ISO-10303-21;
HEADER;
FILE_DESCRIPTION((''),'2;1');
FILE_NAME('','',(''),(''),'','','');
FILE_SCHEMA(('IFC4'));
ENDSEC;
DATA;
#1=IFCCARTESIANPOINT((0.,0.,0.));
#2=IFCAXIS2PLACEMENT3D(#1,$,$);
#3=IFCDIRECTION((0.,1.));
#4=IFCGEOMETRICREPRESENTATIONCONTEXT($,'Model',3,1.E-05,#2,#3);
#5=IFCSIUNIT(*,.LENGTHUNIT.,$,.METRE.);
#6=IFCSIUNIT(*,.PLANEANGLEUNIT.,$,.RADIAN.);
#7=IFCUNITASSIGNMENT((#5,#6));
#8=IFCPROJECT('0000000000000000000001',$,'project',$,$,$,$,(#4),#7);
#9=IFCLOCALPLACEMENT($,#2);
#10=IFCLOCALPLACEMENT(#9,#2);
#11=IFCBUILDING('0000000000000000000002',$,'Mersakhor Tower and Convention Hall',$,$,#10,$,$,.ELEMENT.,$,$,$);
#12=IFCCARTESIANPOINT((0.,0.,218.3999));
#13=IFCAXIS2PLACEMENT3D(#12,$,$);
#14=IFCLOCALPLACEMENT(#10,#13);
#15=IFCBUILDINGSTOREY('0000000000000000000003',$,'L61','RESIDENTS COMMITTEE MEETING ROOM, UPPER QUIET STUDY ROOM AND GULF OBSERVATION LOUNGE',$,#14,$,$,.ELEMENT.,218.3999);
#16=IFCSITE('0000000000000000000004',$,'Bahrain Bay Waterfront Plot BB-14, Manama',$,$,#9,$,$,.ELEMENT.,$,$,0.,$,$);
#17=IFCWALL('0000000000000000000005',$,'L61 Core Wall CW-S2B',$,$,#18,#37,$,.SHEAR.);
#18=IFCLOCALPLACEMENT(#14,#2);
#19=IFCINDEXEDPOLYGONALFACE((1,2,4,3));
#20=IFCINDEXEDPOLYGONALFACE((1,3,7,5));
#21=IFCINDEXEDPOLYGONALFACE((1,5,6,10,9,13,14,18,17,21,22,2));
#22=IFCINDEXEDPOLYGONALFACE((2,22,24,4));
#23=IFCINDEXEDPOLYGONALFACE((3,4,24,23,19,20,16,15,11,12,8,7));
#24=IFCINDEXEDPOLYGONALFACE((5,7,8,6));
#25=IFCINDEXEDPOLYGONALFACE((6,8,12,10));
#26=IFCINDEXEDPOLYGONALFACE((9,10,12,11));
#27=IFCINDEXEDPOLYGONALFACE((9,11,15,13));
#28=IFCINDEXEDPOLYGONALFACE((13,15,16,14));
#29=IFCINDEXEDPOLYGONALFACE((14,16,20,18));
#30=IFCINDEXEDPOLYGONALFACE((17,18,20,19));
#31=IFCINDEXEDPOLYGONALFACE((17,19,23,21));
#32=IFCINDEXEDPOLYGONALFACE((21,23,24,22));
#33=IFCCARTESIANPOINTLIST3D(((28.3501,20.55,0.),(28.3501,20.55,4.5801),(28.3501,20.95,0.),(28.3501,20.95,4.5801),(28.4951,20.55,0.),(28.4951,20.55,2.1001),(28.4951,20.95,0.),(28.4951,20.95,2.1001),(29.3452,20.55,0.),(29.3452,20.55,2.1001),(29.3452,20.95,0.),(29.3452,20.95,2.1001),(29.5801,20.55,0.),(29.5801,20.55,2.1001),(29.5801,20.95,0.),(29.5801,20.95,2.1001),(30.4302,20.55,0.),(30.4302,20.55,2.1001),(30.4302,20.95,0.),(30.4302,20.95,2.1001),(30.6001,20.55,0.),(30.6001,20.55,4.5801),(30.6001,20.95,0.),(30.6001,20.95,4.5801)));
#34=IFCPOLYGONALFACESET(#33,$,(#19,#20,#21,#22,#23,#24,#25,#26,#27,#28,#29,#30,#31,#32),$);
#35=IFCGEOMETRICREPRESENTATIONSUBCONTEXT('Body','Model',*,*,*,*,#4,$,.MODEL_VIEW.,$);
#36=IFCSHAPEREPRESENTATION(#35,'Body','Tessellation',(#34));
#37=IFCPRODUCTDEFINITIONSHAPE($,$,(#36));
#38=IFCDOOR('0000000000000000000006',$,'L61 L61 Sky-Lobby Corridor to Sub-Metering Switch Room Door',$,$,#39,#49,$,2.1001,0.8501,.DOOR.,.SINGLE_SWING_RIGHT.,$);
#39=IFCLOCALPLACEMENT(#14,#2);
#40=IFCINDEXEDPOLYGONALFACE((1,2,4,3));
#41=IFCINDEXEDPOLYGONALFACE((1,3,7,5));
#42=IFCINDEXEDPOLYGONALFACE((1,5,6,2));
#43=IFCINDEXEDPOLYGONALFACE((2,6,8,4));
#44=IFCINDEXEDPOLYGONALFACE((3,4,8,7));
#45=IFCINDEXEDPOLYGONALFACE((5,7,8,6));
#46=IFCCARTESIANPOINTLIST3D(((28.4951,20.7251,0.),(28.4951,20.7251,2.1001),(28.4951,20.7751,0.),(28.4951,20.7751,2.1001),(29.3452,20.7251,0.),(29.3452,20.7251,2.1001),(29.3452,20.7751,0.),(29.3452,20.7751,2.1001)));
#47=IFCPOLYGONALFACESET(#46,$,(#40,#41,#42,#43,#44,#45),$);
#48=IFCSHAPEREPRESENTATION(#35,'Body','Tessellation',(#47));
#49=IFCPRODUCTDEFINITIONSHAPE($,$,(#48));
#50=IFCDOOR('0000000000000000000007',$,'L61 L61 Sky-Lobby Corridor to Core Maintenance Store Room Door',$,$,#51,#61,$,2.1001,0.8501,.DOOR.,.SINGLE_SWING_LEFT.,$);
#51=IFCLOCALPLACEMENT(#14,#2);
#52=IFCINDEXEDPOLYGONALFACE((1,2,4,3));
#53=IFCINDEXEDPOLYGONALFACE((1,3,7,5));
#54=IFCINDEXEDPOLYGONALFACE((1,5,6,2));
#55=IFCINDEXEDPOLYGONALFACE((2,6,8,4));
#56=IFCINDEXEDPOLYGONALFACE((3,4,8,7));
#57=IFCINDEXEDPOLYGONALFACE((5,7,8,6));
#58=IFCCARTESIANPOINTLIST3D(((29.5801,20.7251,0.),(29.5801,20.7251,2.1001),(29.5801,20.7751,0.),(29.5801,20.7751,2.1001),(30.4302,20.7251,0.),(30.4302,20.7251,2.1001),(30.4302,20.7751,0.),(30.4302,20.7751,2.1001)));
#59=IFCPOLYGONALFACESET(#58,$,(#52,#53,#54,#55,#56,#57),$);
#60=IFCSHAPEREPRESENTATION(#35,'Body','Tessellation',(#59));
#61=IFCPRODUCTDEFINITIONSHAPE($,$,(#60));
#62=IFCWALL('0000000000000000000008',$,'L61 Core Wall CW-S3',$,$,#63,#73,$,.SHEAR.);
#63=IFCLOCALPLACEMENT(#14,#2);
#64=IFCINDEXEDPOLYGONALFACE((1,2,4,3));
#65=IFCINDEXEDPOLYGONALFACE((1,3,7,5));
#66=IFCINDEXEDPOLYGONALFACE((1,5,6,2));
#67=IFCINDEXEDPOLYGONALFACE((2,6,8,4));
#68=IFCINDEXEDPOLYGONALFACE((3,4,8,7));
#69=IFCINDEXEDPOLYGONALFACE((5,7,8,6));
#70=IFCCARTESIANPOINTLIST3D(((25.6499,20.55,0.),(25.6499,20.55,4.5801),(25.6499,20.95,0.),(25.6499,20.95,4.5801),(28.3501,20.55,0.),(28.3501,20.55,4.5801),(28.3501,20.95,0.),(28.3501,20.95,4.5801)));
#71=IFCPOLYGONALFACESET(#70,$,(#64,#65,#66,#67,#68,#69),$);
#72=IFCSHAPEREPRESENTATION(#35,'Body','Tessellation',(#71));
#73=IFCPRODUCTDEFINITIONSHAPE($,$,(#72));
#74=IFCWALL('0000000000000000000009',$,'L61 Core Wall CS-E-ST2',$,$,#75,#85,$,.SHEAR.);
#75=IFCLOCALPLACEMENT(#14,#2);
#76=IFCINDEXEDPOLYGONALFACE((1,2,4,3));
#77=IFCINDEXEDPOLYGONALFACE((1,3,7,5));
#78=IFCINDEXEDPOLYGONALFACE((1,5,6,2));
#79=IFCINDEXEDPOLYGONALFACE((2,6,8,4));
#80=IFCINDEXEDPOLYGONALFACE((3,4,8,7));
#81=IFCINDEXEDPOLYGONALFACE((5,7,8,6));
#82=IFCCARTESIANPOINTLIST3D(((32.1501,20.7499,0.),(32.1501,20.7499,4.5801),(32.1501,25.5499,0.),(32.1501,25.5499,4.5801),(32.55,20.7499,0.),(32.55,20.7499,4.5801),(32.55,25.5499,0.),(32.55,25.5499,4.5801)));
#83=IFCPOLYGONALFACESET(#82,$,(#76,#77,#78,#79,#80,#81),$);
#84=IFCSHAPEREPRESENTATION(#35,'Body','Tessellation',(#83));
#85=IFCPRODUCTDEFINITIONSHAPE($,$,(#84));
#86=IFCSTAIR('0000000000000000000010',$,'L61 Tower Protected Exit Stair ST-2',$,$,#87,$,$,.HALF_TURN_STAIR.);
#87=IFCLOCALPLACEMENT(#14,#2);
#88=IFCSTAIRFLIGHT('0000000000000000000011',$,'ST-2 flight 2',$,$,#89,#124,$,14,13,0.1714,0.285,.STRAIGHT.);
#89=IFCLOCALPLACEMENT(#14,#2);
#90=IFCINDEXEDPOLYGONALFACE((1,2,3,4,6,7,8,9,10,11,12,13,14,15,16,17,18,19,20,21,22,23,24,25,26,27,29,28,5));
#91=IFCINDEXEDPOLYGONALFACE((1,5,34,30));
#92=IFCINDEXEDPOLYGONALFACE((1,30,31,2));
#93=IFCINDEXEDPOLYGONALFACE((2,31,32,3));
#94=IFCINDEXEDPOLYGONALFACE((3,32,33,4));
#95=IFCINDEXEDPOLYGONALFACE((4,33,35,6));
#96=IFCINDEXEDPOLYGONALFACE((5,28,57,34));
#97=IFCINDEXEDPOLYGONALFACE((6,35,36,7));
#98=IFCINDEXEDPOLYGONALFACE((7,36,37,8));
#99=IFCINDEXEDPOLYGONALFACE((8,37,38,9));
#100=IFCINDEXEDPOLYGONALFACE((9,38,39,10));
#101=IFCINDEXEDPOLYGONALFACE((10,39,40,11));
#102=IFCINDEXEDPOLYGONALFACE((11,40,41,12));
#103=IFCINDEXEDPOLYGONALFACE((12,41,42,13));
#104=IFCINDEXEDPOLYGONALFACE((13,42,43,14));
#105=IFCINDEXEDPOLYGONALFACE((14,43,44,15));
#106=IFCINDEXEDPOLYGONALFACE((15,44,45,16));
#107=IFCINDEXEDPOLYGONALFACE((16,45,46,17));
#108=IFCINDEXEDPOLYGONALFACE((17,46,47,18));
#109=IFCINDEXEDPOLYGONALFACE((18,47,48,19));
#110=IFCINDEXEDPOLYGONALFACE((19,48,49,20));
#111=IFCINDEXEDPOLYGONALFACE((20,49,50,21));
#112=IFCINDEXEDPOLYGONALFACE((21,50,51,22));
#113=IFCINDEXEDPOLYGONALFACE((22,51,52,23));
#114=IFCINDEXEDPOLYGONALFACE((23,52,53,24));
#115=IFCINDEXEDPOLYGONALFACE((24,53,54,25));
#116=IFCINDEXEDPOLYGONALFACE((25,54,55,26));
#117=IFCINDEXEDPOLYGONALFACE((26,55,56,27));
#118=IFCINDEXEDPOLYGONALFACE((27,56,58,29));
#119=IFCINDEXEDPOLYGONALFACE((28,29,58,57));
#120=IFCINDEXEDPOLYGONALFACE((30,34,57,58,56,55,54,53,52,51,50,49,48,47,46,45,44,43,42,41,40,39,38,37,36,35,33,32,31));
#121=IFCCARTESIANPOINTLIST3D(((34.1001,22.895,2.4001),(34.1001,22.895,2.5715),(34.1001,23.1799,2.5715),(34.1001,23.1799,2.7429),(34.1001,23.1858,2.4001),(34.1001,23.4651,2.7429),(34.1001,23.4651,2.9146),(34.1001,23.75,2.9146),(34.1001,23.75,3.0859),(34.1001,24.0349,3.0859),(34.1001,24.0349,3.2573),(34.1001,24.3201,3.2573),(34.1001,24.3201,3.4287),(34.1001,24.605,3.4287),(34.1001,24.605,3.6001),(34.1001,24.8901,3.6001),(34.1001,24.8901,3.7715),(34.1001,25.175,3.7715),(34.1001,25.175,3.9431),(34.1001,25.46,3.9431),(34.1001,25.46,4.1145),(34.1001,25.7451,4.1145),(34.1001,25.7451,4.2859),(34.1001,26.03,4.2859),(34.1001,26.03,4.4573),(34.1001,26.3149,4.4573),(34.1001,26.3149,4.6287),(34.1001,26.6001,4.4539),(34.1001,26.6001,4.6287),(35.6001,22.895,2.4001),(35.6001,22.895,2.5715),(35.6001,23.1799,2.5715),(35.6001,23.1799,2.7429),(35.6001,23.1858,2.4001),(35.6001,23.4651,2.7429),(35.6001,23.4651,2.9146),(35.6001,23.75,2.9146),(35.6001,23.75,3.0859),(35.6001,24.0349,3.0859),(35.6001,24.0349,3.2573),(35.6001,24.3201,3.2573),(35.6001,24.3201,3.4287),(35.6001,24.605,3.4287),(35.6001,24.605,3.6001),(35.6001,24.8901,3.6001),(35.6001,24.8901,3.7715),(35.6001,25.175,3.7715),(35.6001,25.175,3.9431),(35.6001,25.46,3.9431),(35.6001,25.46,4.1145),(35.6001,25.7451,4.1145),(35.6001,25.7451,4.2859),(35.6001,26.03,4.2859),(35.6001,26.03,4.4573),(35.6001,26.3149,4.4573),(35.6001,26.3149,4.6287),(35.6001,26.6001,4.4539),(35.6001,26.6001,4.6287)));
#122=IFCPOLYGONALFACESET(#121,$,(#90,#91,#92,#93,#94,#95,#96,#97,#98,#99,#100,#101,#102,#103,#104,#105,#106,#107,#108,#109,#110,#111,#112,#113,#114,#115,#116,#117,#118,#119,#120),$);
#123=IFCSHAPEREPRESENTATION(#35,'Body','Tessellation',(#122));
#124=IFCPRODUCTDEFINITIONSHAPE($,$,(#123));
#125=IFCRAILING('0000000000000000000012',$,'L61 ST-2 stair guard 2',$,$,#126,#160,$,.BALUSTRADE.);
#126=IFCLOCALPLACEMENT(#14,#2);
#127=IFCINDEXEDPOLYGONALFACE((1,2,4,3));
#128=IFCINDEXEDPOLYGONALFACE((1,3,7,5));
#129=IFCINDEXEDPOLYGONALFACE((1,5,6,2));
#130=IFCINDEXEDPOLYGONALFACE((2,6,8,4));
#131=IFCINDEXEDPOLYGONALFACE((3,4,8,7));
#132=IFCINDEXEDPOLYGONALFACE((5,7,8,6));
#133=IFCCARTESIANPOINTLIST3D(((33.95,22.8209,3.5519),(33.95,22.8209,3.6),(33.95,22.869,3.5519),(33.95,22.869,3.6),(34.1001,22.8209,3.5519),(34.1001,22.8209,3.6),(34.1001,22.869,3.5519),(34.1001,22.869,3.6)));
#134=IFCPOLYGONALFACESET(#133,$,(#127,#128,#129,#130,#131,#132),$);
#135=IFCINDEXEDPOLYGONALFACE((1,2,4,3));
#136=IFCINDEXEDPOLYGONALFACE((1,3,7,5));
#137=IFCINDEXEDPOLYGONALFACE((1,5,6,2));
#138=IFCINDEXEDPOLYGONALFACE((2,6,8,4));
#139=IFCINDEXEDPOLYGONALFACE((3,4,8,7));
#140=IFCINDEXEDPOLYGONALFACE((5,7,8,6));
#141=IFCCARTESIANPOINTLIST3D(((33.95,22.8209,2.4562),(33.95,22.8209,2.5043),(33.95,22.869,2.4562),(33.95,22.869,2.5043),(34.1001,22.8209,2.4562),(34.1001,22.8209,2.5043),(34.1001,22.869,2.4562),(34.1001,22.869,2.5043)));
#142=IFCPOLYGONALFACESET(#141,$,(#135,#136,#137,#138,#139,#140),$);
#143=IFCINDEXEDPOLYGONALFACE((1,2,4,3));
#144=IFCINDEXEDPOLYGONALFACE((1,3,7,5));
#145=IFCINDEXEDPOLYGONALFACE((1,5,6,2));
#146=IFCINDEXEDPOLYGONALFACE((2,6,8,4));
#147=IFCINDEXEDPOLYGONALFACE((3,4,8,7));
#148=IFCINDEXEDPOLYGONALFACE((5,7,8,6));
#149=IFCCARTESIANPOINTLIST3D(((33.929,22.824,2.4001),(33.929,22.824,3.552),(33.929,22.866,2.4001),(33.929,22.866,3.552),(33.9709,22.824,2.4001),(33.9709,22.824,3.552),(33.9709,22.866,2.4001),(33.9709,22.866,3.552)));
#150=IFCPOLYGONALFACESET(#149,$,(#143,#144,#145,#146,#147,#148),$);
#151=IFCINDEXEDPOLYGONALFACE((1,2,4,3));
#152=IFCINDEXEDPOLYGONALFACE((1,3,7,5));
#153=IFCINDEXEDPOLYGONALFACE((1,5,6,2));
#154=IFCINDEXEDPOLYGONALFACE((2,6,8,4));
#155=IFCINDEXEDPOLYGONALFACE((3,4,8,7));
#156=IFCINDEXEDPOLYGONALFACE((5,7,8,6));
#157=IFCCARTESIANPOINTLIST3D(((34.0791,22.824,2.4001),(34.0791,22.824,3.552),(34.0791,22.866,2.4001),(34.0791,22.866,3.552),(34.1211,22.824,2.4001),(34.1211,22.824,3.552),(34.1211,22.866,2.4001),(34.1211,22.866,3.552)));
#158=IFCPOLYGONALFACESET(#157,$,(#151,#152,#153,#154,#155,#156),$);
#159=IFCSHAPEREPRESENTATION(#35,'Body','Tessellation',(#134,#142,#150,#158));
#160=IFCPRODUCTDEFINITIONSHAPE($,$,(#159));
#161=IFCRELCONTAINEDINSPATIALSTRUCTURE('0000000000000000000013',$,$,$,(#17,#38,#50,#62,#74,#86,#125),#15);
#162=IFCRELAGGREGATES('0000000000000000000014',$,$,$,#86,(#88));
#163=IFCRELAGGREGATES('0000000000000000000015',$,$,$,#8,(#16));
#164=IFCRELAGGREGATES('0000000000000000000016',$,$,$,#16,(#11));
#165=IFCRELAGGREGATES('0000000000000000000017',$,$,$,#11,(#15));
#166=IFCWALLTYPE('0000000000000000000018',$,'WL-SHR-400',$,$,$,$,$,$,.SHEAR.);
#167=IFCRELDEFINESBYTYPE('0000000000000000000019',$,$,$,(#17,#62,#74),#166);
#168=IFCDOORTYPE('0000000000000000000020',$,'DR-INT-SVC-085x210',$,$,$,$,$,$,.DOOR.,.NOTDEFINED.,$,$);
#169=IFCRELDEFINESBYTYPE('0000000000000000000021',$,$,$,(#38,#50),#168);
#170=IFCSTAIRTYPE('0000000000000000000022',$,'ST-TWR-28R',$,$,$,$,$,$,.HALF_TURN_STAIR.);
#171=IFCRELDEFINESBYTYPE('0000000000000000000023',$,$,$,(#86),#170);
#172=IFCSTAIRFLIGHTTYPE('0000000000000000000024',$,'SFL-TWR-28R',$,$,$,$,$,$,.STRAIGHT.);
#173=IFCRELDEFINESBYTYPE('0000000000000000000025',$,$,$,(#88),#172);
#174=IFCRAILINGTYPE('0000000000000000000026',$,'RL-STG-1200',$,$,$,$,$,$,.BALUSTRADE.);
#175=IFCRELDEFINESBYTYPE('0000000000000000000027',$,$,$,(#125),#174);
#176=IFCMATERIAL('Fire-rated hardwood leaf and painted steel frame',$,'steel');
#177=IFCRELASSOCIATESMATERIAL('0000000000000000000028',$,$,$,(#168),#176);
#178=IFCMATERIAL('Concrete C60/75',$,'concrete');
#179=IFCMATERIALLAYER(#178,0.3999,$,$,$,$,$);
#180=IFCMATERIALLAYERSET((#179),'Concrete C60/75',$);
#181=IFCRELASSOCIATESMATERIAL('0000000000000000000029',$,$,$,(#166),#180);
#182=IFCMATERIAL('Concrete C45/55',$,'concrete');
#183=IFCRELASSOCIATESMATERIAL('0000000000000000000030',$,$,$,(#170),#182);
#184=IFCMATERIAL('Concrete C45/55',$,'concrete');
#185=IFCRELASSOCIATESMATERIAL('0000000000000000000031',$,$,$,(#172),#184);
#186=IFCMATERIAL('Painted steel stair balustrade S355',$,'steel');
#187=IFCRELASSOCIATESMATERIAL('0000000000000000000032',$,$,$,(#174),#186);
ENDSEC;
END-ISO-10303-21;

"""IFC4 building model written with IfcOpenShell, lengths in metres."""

from ifc_helpers import new_model, si_unit, direction, frame, frame_2d, origin, origin_2d, place, context, subcontext, project, spatial, polyline, rectangle, outline, extrude, material, layer, layer_set, type_object, element, fill, aggregate, save


model = new_model("IFC4")

# Units and contexts
model_context = context("Model", 3, precision=1e-05, world=origin(), true_north=direction((0.0, 1.0)))
body_context = subcontext(model_context, "Body", "Model", "MODEL_VIEW")
ifc_project = project(units=[si_unit("LENGTHUNIT", "METRE"), si_unit("PLANEANGLEUNIT", "RADIAN")], contexts=[model_context])

# Site, building, storey
site_placement = place(None, origin())
site = spatial("IfcSite", under=ifc_project, at=site_placement, Name="Bahrain Bay Waterfront Plot BB-14, Manama", CompositionType="ELEMENT", RefElevation=0.0)
building_placement = place(site_placement, origin())
building = spatial("IfcBuilding", under=site, at=building_placement, Name="Mersakhor Tower and Convention Hall", CompositionType="ELEMENT")
storey_placement = place(building_placement, frame((0.0, 0.0, 218.3999)))
storey = spatial("IfcBuildingStorey", under=building, at=storey_placement, Name="L61", Description="RESIDENTS COMMITTEE MEETING ROOM, UPPER QUIET STUDY ROOM AND GULF OBSERVATION LOUNGE", CompositionType="ELEMENT", Elevation=218.3999)

# Shared definitions
ifc_material_1 = material(Name="Fire-rated hardwood leaf and painted steel frame", Category="steel")
door_type_1 = type_object("IfcDoorType", Name="DR-INT-SVC-085x210", OperationType="NOTDEFINED", PredefinedType="DOOR", material=ifc_material_1)

# Shared definitions
ifc_material_2 = material(Name="Concrete C60/75", Category="concrete")
ifc_layer_1 = layer(ifc_material_2, 0.3999)
ifc_layer_set_1 = layer_set([ifc_layer_1], Name="Concrete C60/75")
wall_type_1 = type_object("IfcWallType", Name="WL-SHR-400", PredefinedType="SHEAR", material=ifc_layer_set_1)

# Wall, openings, doors
wall_1_placement = place(storey_placement, frame((30.6001, 20.75, 0.0), z_axis=(0.0, 0.0, 1.0), x_axis=(-1.0, 0.0, 0.0)))
wall_1 = element("IfcWall", 1, at=wall_1_placement, inside=storey, type_object=wall_type_1, Name="L61 Core Wall CW-S2B", PredefinedType="SHEAR", context=body_context, shape_type="SweptSolid", body=[
    extrude(rectangle(XDim=2.25, YDim=0.3999, at=frame_2d((1.125, 0.0))), origin(), (0.0, 0.0, 1.0), 4.5801),
])
opening_1_placement = place(wall_1_placement, frame((1.2549, 0.0, 0.0)))
opening_1 = element("IfcOpeningElement", 2, at=opening_1_placement, cuts=wall_1, PredefinedType="OPENING", context=body_context, shape_type="SweptSolid", body=[
    extrude(rectangle(XDim=0.8501, YDim=2.1001, at=frame_2d((0.425, 1.05))), frame((0.0, 0.21, 0.0), z_axis=(0.0, -1.0, 0.0), x_axis=(1.0, 0.0, 0.0)), (0.0, 0.0, 1.0), 0.4199),
])
opening_2_placement = place(wall_1_placement, frame((0.1699, 0.0, 0.0)))
opening_2 = element("IfcOpeningElement", 3, at=opening_2_placement, cuts=wall_1, PredefinedType="OPENING", context=body_context, shape_type="SweptSolid", body=[
    extrude(rectangle(XDim=0.8501, YDim=2.1001, at=frame_2d((0.425, 1.05))), frame((0.0, 0.21, 0.0), z_axis=(0.0, -1.0, 0.0), x_axis=(1.0, 0.0, 0.0)), (0.0, 0.0, 1.0), 0.4199),
])
door_1_placement = place(opening_1_placement, origin())
door_1 = element("IfcDoor", 4, at=door_1_placement, inside=storey, type_object=door_type_1, Name="L61 L61 Sky-Lobby Corridor to Sub-Metering Switch Room Door", OperationType="SINGLE_SWING_RIGHT", OverallHeight=2.1001, OverallWidth=0.8501, PredefinedType="DOOR", context=body_context, shape_type="SweptSolid", body=[
    extrude(rectangle(XDim=0.8501, YDim=2.1001, at=frame_2d((0.425, 1.05))), frame((0.0, 0.0249, 0.0), z_axis=(0.0, -1.0, 0.0), x_axis=(1.0, 0.0, 0.0)), (0.0, 0.0, 1.0), 0.05),
])
fill(opening_1, door_1)
door_2_placement = place(opening_2_placement, origin())
door_2 = element("IfcDoor", 5, at=door_2_placement, inside=storey, type_object=door_type_1, Name="L61 L61 Sky-Lobby Corridor to Core Maintenance Store Room Door", OperationType="SINGLE_SWING_LEFT", OverallHeight=2.1001, OverallWidth=0.8501, PredefinedType="DOOR", context=body_context, shape_type="SweptSolid", body=[
    extrude(rectangle(XDim=0.8501, YDim=2.1001, at=frame_2d((0.425, 1.05))), frame((0.0, 0.0249, 0.0), z_axis=(0.0, -1.0, 0.0), x_axis=(1.0, 0.0, 0.0)), (0.0, 0.0, 1.0), 0.05),
])
fill(opening_2, door_2)

# Walls
wall_2_placement = place(storey_placement, frame((28.3501, 20.75, 0.0), z_axis=(0.0, 0.0, 1.0), x_axis=(-1.0, 0.0, 0.0)))
element("IfcWall", 6, at=wall_2_placement, inside=storey, type_object=wall_type_1, Name="L61 Core Wall CW-S3", PredefinedType="SHEAR", context=body_context, shape_type="SweptSolid", body=[
    extrude(rectangle(XDim=2.7002, YDim=0.3999, at=frame_2d((1.3501, 0.0))), origin(), (0.0, 0.0, 1.0), 4.5801),
])
wall_3_placement = place(storey_placement, frame((32.3501, 20.75, 0.0), z_axis=(0.0, 0.0, 1.0), x_axis=(0.0, 1.0, 0.0)))
element("IfcWall", 7, at=wall_3_placement, inside=storey, type_object=wall_type_1, Name="L61 Core Wall CS-E-ST2", PredefinedType="SHEAR", context=body_context, shape_type="SweptSolid", body=[
    extrude(rectangle(XDim=4.8, YDim=0.3999, at=frame_2d((2.3999, 0.0))), origin(), (0.0, 0.0, 1.0), 4.5801),
])

# Stair, stair flight
ifc_material_3 = material(Name="Concrete C45/55", Category="concrete")
stair_type = type_object("IfcStairType", Name="ST-TWR-28R", PredefinedType="HALF_TURN_STAIR", material=ifc_material_3)
stair_placement = place(storey_placement, origin())
stair = element("IfcStair", 8, at=stair_placement, inside=storey, type_object=stair_type, Name="L61 Tower Protected Exit Stair ST-2", PredefinedType="HALF_TURN_STAIR")
ifc_material_4 = material(Name="Concrete C45/55", Category="concrete")
stair_flight_type = type_object("IfcStairFlightType", Name="SFL-TWR-28R", PredefinedType="STRAIGHT", material=ifc_material_4)
stair_flight_placement = place(storey_placement, frame((34.8501, 22.895, 2.4001), z_axis=(0.0, 0.0, 1.0), x_axis=(0.0, 1.0, 0.0)))
stair_flight = element("IfcStairFlight", 9, at=stair_flight_placement, type_object=stair_flight_type, Name="ST-2 flight 2", NumberOfRisers=14, NumberOfTreads=13, PredefinedType="STRAIGHT", RiserHeight=0.1714, TreadLength=0.285, context=body_context, shape_type="SweptSolid", body=[
    extrude(outline(polyline([(0.0, 0.0), (0.0, 0.1714), (0.2849, 0.1714), (0.2849, 0.3428), (0.5701, 0.3428), (0.5701, 0.5144), (0.855, 0.5144), (0.855, 0.6858), (1.1399, 0.6858), (1.1399, 0.8572), (1.425, 0.8572), (1.425, 1.0286), (1.71, 1.0286), (1.71, 1.2), (1.9951, 1.2), (1.9951, 1.3713), (2.28, 1.3713), (2.28, 1.543), (2.5649, 1.543), (2.5649, 1.7144), (2.8501, 1.7144), (2.8501, 1.8857), (3.135, 1.8857), (3.135, 2.0571), (3.4199, 2.0571), (3.4199, 2.2285), (3.7051, 2.2285), (3.7051, 2.3999), (3.7051, 2.0537), (0.2908, 0.0), (0.0, 0.0)])), frame((0.0, 0.75, 0.0), z_axis=(0.0, -1.0, 0.0), x_axis=(1.0, 0.0, 0.0)), (0.0, 0.0, 1.0), 1.5),
])
aggregate(stair, [stair_flight])

# Railing
ifc_material_5 = material(Name="Painted steel stair balustrade S355", Category="steel")
railing_type = type_object("IfcRailingType", Name="RL-STG-1200", PredefinedType="BALUSTRADE", material=ifc_material_5)
railing_1_placement = place(storey_placement, frame((33.95, 22.845, 2.4001)))
element("IfcRailing", 10, at=railing_1_placement, inside=storey, type_object=railing_type, Name="L61 ST-2 stair guard 2", PredefinedType="BALUSTRADE", context=body_context, shape_type="SweptSolid", body=[
    extrude(rectangle(XDim=0.0481, YDim=0.0481, at=origin_2d()), frame((0.0, 0.0, 1.1758), z_axis=(1.0, 0.0, 0.0), x_axis=(0.0, 1.0, 0.0)), (0.0, 0.0, 1.0), 0.1501),
    extrude(rectangle(XDim=0.0481, YDim=0.0481, at=origin_2d()), frame((0.0, 0.0, 0.0801), z_axis=(1.0, 0.0, 0.0), x_axis=(0.0, 1.0, 0.0)), (0.0, 0.0, 1.0), 0.1501),
    extrude(rectangle(XDim=0.042, YDim=0.042, at=origin_2d()), origin(), (0.0, 0.0, 1.0), 1.1519),
    extrude(rectangle(XDim=0.042, YDim=0.042, at=origin_2d()), frame((0.1501, 0.0, 0.0)), (0.0, 0.0, 1.0), 1.1519),
])

save(model, "model.ifc")
